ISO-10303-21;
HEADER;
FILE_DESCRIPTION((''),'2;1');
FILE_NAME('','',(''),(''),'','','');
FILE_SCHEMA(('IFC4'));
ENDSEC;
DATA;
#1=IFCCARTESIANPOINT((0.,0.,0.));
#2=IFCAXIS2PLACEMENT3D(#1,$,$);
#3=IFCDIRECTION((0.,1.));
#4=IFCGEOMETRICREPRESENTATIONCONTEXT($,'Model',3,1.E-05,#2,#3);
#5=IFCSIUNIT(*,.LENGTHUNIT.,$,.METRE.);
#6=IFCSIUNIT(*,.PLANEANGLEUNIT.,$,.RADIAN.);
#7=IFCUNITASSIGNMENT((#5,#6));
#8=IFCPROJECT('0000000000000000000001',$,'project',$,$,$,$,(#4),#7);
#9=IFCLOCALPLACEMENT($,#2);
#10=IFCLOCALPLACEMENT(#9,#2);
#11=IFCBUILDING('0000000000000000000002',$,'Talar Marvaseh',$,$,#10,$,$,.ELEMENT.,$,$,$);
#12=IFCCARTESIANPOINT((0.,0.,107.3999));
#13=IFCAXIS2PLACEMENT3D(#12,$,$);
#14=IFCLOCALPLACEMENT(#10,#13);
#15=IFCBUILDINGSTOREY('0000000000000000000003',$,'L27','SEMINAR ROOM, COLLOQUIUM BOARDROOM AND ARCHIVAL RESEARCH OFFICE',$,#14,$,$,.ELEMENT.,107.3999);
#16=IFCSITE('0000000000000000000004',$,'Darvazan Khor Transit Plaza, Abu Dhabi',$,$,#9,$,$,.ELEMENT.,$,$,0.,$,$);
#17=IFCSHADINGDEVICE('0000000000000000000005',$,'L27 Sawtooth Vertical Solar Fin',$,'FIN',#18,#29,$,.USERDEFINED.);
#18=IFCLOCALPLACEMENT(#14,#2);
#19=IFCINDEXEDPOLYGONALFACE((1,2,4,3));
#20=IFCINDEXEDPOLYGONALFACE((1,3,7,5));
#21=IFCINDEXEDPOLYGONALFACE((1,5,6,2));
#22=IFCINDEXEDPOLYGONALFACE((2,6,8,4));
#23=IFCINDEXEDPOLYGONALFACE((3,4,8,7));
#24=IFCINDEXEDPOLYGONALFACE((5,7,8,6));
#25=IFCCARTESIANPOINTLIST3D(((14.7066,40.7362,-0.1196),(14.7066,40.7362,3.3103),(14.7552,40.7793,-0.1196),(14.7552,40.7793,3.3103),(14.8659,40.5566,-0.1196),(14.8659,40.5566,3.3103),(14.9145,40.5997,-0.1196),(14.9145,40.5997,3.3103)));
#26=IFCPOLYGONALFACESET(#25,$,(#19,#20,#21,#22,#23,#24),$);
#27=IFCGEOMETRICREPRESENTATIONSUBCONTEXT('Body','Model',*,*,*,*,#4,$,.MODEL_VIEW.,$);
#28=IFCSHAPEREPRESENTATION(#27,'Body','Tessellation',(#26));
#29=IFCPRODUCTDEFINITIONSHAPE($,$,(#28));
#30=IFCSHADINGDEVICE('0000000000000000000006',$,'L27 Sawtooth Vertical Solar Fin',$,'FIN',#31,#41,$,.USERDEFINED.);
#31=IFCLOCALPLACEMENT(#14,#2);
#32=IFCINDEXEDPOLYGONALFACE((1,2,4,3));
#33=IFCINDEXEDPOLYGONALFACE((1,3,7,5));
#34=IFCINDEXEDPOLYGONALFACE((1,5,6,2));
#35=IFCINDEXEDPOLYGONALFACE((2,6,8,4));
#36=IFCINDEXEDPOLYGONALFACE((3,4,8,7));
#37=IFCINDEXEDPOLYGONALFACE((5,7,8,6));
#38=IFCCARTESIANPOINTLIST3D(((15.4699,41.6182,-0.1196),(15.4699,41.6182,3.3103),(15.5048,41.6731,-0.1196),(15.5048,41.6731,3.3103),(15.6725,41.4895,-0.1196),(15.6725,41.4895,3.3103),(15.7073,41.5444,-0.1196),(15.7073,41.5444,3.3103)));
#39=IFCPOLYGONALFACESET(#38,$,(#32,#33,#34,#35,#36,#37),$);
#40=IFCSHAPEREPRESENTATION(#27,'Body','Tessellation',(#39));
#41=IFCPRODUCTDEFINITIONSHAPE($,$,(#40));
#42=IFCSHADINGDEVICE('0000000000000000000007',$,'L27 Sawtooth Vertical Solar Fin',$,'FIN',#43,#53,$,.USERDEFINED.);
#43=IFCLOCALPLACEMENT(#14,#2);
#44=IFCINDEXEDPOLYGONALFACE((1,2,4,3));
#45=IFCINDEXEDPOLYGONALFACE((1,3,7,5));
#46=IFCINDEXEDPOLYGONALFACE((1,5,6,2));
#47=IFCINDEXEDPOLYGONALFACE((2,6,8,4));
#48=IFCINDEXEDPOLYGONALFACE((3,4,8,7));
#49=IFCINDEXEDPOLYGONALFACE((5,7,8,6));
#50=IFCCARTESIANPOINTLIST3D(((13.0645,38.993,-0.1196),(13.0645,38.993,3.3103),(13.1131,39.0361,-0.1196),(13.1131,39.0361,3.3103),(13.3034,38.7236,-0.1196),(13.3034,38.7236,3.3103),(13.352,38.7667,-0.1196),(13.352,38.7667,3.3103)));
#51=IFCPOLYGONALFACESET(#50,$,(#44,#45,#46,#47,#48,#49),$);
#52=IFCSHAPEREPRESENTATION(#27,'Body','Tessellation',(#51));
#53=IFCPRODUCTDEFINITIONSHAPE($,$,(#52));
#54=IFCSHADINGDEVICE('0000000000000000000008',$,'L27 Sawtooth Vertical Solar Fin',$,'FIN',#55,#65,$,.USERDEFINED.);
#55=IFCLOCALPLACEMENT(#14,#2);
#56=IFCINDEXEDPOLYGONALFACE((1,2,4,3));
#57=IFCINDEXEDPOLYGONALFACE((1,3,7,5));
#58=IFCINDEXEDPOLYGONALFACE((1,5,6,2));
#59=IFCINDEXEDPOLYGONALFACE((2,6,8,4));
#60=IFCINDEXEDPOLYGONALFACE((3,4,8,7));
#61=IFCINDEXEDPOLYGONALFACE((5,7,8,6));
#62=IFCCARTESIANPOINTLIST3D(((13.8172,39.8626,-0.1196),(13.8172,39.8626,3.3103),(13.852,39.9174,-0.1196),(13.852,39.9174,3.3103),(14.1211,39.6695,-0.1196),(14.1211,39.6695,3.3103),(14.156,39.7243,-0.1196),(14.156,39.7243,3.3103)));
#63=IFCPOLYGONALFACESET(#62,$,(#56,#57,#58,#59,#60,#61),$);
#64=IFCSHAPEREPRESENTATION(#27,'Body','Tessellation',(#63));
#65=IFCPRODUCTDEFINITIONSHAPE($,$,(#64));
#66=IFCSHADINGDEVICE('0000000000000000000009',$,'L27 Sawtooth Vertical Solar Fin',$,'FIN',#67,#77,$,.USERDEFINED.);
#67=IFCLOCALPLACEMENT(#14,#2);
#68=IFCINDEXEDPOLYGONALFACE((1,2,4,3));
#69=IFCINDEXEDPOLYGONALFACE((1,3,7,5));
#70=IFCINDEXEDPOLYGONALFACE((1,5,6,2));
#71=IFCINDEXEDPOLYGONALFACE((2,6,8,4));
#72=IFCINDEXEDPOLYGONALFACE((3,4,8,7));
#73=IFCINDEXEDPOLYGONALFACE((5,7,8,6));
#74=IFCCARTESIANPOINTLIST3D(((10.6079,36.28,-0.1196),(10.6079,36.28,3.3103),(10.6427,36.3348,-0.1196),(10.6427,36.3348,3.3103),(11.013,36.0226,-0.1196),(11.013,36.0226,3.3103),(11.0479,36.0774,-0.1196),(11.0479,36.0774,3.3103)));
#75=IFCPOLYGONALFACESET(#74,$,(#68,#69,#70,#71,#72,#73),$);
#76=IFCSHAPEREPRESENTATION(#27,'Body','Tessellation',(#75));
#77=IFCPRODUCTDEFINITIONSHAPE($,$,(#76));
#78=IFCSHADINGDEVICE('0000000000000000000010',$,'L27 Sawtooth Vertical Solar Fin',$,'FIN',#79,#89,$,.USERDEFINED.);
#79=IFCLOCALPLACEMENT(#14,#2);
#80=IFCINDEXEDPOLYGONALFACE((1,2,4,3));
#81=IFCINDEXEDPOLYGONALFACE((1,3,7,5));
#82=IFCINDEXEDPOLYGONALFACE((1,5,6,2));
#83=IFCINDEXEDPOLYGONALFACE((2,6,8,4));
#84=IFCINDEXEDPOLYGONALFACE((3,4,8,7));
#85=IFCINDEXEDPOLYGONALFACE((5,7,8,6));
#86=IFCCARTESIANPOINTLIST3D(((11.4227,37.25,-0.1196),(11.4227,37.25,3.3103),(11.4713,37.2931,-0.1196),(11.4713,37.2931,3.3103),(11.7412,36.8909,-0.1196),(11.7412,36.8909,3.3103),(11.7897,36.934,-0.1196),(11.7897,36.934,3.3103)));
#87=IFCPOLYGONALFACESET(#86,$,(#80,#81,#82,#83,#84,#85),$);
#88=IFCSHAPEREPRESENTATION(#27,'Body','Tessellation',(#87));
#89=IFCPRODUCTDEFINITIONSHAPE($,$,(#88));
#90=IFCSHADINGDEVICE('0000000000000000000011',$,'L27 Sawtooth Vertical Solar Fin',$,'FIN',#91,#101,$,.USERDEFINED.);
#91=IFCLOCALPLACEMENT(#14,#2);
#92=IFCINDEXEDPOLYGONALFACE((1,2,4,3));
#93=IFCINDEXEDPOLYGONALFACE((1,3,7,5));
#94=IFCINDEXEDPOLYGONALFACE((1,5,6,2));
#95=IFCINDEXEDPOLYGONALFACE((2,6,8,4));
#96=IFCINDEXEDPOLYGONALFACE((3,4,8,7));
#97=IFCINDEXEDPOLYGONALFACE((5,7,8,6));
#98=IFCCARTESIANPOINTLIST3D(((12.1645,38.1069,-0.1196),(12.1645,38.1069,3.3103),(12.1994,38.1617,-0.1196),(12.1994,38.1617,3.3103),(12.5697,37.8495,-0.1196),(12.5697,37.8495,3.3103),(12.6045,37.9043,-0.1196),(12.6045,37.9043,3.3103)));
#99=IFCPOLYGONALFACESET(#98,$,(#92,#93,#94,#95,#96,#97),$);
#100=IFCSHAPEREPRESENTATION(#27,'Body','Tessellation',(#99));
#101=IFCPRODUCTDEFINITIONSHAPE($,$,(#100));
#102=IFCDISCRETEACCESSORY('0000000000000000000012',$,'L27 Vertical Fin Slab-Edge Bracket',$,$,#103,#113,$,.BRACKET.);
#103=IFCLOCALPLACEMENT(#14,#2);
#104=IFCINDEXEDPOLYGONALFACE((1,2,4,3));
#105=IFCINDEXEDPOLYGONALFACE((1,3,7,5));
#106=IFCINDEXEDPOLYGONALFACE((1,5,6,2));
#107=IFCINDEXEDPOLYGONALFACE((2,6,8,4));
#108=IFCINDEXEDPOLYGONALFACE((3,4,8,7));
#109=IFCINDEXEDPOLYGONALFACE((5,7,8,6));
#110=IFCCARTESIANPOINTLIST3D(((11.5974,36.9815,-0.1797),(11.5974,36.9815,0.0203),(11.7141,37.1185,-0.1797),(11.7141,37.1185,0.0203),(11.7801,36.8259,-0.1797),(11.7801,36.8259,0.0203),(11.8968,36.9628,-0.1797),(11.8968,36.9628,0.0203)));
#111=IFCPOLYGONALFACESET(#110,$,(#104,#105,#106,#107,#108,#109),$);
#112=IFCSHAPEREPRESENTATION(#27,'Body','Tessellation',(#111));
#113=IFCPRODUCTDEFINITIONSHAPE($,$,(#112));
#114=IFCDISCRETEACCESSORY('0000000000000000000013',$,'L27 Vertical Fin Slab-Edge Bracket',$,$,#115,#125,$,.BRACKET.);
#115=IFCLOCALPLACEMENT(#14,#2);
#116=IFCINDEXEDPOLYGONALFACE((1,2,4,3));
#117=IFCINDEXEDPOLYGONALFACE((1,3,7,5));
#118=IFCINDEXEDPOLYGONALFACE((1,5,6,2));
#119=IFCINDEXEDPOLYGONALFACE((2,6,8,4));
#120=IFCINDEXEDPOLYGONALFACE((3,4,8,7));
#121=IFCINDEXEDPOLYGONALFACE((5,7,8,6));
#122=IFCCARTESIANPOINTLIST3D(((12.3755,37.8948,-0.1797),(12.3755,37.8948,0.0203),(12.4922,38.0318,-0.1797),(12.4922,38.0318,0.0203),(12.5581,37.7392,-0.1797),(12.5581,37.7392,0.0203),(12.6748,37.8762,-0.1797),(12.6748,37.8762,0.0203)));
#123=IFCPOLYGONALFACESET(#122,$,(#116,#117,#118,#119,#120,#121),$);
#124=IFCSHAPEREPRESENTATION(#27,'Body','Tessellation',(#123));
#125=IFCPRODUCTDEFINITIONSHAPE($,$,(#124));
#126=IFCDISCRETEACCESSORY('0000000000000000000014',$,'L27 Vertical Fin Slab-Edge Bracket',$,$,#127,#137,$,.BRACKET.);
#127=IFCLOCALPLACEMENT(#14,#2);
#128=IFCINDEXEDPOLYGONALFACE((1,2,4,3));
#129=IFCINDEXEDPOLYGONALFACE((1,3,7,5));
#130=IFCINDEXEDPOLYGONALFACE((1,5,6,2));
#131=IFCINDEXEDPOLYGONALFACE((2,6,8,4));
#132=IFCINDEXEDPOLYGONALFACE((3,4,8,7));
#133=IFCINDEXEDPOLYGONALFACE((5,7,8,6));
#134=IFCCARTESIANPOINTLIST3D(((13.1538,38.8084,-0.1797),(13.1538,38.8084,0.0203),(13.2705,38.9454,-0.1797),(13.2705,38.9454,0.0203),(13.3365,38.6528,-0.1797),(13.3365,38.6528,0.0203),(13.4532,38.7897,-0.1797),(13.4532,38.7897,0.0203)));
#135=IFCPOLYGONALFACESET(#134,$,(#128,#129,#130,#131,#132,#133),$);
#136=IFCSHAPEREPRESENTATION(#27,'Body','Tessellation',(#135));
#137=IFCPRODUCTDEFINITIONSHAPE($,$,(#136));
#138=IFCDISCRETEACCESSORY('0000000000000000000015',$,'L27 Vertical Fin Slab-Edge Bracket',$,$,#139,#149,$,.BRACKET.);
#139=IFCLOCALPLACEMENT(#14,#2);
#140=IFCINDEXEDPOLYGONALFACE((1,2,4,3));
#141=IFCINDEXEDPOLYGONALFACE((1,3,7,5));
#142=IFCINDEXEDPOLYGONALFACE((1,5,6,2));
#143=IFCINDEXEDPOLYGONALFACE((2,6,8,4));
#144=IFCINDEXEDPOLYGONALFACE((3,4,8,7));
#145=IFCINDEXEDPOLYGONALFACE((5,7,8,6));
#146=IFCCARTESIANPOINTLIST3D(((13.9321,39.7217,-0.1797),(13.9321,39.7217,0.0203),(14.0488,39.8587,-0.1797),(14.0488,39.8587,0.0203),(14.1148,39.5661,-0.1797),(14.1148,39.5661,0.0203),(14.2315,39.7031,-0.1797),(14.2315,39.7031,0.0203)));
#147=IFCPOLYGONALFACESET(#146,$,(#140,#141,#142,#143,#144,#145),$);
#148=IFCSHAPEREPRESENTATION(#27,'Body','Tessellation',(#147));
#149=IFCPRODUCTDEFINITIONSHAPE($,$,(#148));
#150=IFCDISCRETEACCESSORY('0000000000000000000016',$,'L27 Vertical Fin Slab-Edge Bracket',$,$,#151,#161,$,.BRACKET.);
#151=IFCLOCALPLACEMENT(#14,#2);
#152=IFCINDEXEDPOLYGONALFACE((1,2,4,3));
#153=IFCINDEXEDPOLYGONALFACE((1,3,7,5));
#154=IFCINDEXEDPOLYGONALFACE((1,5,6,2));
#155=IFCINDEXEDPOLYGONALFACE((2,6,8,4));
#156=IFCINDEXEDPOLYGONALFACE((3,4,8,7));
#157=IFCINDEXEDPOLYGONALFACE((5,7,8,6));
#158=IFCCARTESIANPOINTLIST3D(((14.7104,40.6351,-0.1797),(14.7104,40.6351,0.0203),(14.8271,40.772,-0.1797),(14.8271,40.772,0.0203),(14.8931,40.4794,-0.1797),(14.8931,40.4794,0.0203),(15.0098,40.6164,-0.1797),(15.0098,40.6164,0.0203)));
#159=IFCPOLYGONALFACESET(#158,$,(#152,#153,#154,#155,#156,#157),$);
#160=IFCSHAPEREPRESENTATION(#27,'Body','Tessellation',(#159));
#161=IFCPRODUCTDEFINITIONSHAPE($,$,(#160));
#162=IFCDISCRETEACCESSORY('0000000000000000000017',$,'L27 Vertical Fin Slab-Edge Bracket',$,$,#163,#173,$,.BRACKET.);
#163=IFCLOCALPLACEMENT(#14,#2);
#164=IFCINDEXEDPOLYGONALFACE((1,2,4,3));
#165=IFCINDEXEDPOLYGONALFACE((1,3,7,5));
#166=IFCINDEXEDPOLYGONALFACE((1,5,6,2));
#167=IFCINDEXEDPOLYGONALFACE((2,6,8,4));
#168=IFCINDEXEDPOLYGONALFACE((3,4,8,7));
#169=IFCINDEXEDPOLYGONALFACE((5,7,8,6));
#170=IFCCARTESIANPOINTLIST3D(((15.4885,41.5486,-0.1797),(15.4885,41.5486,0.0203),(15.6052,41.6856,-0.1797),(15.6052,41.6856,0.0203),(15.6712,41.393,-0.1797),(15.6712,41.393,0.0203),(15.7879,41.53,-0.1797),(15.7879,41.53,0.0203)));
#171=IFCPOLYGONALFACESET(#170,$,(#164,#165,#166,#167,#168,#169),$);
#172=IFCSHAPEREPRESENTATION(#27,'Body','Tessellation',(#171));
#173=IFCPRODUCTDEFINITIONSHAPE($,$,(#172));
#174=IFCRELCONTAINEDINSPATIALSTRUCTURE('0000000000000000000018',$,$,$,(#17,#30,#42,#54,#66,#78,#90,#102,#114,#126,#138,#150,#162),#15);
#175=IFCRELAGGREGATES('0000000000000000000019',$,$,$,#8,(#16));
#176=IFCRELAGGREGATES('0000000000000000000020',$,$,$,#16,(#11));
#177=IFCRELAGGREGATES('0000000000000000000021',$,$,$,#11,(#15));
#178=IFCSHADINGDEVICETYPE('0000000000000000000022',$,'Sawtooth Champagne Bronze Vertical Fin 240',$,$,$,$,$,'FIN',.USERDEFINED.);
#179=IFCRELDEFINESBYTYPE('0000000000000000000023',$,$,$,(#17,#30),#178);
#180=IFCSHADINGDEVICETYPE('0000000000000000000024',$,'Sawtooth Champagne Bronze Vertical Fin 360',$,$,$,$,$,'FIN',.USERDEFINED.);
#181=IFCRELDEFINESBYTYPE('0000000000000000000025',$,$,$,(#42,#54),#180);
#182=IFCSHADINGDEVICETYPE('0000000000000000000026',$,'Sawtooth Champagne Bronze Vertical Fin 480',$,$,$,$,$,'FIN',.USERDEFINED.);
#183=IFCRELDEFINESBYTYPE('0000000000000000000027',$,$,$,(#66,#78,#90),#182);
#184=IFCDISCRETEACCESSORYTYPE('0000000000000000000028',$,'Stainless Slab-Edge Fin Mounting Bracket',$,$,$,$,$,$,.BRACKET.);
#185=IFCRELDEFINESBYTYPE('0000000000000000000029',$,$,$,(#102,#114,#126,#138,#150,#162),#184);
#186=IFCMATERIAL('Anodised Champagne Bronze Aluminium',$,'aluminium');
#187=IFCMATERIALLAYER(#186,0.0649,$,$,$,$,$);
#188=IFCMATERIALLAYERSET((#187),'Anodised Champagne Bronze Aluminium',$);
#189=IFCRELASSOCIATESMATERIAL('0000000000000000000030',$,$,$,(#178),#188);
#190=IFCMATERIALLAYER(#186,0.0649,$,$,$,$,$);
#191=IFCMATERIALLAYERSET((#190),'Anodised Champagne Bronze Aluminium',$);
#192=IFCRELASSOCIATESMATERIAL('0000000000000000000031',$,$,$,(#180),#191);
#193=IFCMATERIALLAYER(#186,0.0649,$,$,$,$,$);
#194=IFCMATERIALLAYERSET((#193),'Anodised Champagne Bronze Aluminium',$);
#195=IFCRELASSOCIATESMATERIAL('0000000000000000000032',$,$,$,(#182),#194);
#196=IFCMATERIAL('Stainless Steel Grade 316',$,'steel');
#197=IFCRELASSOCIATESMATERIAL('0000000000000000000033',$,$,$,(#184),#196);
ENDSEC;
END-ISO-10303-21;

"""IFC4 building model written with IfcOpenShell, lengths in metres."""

from ifc_helpers import new_model, si_unit, direction, frame, origin, origin_2d, place, context, subcontext, project, spatial, rectangle, extrude, source, transform, mapped, material, layer, layer_set, type_object, type_shapes, element, save


model = new_model("IFC4")

# Units and contexts
model_context = context("Model", 3, precision=1e-05, world=origin(), true_north=direction((0.0, 1.0)))
body_context = subcontext(model_context, "Body", "Model", "MODEL_VIEW")
ifc_project = project(units=[si_unit("LENGTHUNIT", "METRE"), si_unit("PLANEANGLEUNIT", "RADIAN")], contexts=[model_context])

# Site, building, storey
site_placement = place(None, origin())
site = spatial("IfcSite", under=ifc_project, at=site_placement, Name="Darvazan Khor Transit Plaza, Abu Dhabi", CompositionType="ELEMENT", RefElevation=0.0)
building_placement = place(site_placement, origin())
building = spatial("IfcBuilding", under=site, at=building_placement, Name="Talar Marvaseh", CompositionType="ELEMENT")
storey_placement = place(building_placement, frame((0.0, 0.0, 107.3999)))
storey = spatial("IfcBuildingStorey", under=building, at=storey_placement, Name="L27", Description="SEMINAR ROOM, COLLOQUIUM BOARDROOM AND ARCHIVAL RESEARCH OFFICE", CompositionType="ELEMENT", Elevation=107.3999)

# Shading devices
ifc_material_1 = material(Name="Anodised Champagne Bronze Aluminium", Category="aluminium")
ifc_layer_1 = layer(ifc_material_1, 0.0649)
ifc_layer_set_1 = layer_set([ifc_layer_1], Name="Anodised Champagne Bronze Aluminium")
shading_device_type_1 = type_object("IfcShadingDeviceType", Name="Sawtooth Champagne Bronze Vertical Fin 240", ElementType="FIN", PredefinedType="USERDEFINED", material=ifc_layer_set_1)
shared_shape_1 = source(origin(), body_context, "Body", "SweptSolid", [
    extrude(rectangle(XDim=0.24, YDim=0.0649, at=origin_2d()), origin(), (0.0, 0.0, 1.0), 3.4299),
])
type_shapes(shading_device_type_1, [shared_shape_1])
for number, where, z_axis, x_axis, name in (
    (1, (14.8105, 40.668, -0.1196), (0.0, 0.0, 1.0), (-0.663535, 0.748146, 0.0), "L27 Sawtooth Vertical Solar Fin"),
    (2, (15.5886, 41.5813, -0.1196), (0.0, 0.0, 1.0), (-0.844047, 0.536269, 0.0), "L27 Sawtooth Vertical Solar Fin"),
):
    element("IfcShadingDevice", number, at=place(storey_placement, frame(where, z_axis=z_axis, x_axis=x_axis)), inside=storey, type_object=shading_device_type_1, Name=name, ObjectType="FIN", PredefinedType="USERDEFINED", context=body_context, shape_type="MappedRepresentation", body=[
        mapped(shared_shape_1, transform((0.0, 0.0, 0.0), x_axis=(1.0, 0.0, 0.0), y_axis=(0.0, 1.0, 0.0), z_axis=(0.0, 0.0, 1.0), scale=1.0)),
    ])
ifc_layer_2 = layer(ifc_material_1, 0.0649)
ifc_layer_set_2 = layer_set([ifc_layer_2], Name="Anodised Champagne Bronze Aluminium")
shading_device_type_2 = type_object("IfcShadingDeviceType", Name="Sawtooth Champagne Bronze Vertical Fin 360", ElementType="FIN", PredefinedType="USERDEFINED", material=ifc_layer_set_2)
shared_shape_2 = source(origin(), body_context, "Body", "SweptSolid", [
    extrude(rectangle(XDim=0.3601, YDim=0.0649, at=origin_2d()), origin(), (0.0, 0.0, 1.0), 3.4299),
])
type_shapes(shading_device_type_2, [shared_shape_2])
for number, where, z_axis, x_axis, name in (
    (3, (13.2083, 38.8799, -0.1196), (0.0, 0.0, 1.0), (-0.663535, 0.748146, 0.0), "L27 Sawtooth Vertical Solar Fin"),
    (4, (13.9866, 39.7935, -0.1196), (0.0, 0.0, 1.0), (-0.844047, 0.536269, 0.0), "L27 Sawtooth Vertical Solar Fin"),
):
    element("IfcShadingDevice", number, at=place(storey_placement, frame(where, z_axis=z_axis, x_axis=x_axis)), inside=storey, type_object=shading_device_type_2, Name=name, ObjectType="FIN", PredefinedType="USERDEFINED", context=body_context, shape_type="MappedRepresentation", body=[
        mapped(shared_shape_2, transform((0.0, 0.0, 0.0), x_axis=(1.0, 0.0, 0.0), y_axis=(0.0, 1.0, 0.0), z_axis=(0.0, 0.0, 1.0), scale=1.0)),
    ])
ifc_layer_3 = layer(ifc_material_1, 0.0649)
ifc_layer_set_3 = layer_set([ifc_layer_3], Name="Anodised Champagne Bronze Aluminium")
shading_device_type_3 = type_object("IfcShadingDeviceType", Name="Sawtooth Champagne Bronze Vertical Fin 480", ElementType="FIN", PredefinedType="USERDEFINED", material=ifc_layer_set_3)
shared_shape_3 = source(origin(), body_context, "Body", "SweptSolid", [
    extrude(rectangle(XDim=0.48, YDim=0.0649, at=origin_2d()), origin(), (0.0, 0.0, 1.0), 3.4299),
])
type_shapes(shading_device_type_3, [shared_shape_3])
for number, where, z_axis, x_axis, name in (
    (5, (10.8279, 36.1787, -0.1196), (0.0, 0.0, 1.0), (-0.844047, 0.536269, 0.0), "L27 Sawtooth Vertical Solar Fin"),
    (6, (11.6062, 37.092, -0.1196), (0.0, 0.0, 1.0), (-0.663535, 0.748146, 0.0), "L27 Sawtooth Vertical Solar Fin"),
    (7, (12.3845, 38.0056, -0.1196), (0.0, 0.0, 1.0), (-0.844047, 0.536269, 0.0), "L27 Sawtooth Vertical Solar Fin"),
):
    element("IfcShadingDevice", number, at=place(storey_placement, frame(where, z_axis=z_axis, x_axis=x_axis)), inside=storey, type_object=shading_device_type_3, Name=name, ObjectType="FIN", PredefinedType="USERDEFINED", context=body_context, shape_type="MappedRepresentation", body=[
        mapped(shared_shape_3, transform((0.0, 0.0, 0.0), x_axis=(1.0, 0.0, 0.0), y_axis=(0.0, 1.0, 0.0), z_axis=(0.0, 0.0, 1.0), scale=1.0)),
    ])

# Discrete accessories
ifc_material_2 = material(Name="Stainless Steel Grade 316", Category="steel")
discrete_accessory_type = type_object("IfcDiscreteAccessoryType", Name="Stainless Slab-Edge Fin Mounting Bracket", PredefinedType="BRACKET", material=ifc_material_2)
shared_shape_4 = source(origin(), body_context, "Body", "SweptSolid", [
    extrude(rectangle(XDim=0.24, YDim=0.1799, at=origin_2d()), origin(), (0.0, 0.0, 1.0), 0.2),
])
type_shapes(discrete_accessory_type, [shared_shape_4])
for number, where, z_axis, x_axis, name in (
    (8, (11.7471, 36.9722, -0.1797), (0.0, 0.0, 1.0), (-0.761199, 0.648519, 0.0), "L27 Vertical Fin Slab-Edge Bracket"),
    (9, (12.5251, 37.8855, -0.1797), (0.0, 0.0, 1.0), (-0.761199, 0.648519, 0.0), "L27 Vertical Fin Slab-Edge Bracket"),
    (10, (13.3035, 38.7991, -0.1797), (0.0, 0.0, 1.0), (-0.761199, 0.648519, 0.0), "L27 Vertical Fin Slab-Edge Bracket"),
    (11, (14.0818, 39.7124, -0.1797), (0.0, 0.0, 1.0), (-0.761199, 0.648519, 0.0), "L27 Vertical Fin Slab-Edge Bracket"),
    (12, (14.8601, 40.6257, -0.1797), (0.0, 0.0, 1.0), (-0.761199, 0.648519, 0.0), "L27 Vertical Fin Slab-Edge Bracket"),
    (13, (15.6382, 41.5393, -0.1797), (0.0, 0.0, 1.0), (-0.761199, 0.648519, 0.0), "L27 Vertical Fin Slab-Edge Bracket"),
):
    element("IfcDiscreteAccessory", number, at=place(storey_placement, frame(where, z_axis=z_axis, x_axis=x_axis)), inside=storey, type_object=discrete_accessory_type, Name=name, PredefinedType="BRACKET", context=body_context, shape_type="MappedRepresentation", body=[
        mapped(shared_shape_4, transform((0.0, 0.0, 0.0), x_axis=(1.0, 0.0, 0.0), y_axis=(0.0, 1.0, 0.0), z_axis=(0.0, 0.0, 1.0), scale=1.0)),
    ])

save(model, "model.ifc")
